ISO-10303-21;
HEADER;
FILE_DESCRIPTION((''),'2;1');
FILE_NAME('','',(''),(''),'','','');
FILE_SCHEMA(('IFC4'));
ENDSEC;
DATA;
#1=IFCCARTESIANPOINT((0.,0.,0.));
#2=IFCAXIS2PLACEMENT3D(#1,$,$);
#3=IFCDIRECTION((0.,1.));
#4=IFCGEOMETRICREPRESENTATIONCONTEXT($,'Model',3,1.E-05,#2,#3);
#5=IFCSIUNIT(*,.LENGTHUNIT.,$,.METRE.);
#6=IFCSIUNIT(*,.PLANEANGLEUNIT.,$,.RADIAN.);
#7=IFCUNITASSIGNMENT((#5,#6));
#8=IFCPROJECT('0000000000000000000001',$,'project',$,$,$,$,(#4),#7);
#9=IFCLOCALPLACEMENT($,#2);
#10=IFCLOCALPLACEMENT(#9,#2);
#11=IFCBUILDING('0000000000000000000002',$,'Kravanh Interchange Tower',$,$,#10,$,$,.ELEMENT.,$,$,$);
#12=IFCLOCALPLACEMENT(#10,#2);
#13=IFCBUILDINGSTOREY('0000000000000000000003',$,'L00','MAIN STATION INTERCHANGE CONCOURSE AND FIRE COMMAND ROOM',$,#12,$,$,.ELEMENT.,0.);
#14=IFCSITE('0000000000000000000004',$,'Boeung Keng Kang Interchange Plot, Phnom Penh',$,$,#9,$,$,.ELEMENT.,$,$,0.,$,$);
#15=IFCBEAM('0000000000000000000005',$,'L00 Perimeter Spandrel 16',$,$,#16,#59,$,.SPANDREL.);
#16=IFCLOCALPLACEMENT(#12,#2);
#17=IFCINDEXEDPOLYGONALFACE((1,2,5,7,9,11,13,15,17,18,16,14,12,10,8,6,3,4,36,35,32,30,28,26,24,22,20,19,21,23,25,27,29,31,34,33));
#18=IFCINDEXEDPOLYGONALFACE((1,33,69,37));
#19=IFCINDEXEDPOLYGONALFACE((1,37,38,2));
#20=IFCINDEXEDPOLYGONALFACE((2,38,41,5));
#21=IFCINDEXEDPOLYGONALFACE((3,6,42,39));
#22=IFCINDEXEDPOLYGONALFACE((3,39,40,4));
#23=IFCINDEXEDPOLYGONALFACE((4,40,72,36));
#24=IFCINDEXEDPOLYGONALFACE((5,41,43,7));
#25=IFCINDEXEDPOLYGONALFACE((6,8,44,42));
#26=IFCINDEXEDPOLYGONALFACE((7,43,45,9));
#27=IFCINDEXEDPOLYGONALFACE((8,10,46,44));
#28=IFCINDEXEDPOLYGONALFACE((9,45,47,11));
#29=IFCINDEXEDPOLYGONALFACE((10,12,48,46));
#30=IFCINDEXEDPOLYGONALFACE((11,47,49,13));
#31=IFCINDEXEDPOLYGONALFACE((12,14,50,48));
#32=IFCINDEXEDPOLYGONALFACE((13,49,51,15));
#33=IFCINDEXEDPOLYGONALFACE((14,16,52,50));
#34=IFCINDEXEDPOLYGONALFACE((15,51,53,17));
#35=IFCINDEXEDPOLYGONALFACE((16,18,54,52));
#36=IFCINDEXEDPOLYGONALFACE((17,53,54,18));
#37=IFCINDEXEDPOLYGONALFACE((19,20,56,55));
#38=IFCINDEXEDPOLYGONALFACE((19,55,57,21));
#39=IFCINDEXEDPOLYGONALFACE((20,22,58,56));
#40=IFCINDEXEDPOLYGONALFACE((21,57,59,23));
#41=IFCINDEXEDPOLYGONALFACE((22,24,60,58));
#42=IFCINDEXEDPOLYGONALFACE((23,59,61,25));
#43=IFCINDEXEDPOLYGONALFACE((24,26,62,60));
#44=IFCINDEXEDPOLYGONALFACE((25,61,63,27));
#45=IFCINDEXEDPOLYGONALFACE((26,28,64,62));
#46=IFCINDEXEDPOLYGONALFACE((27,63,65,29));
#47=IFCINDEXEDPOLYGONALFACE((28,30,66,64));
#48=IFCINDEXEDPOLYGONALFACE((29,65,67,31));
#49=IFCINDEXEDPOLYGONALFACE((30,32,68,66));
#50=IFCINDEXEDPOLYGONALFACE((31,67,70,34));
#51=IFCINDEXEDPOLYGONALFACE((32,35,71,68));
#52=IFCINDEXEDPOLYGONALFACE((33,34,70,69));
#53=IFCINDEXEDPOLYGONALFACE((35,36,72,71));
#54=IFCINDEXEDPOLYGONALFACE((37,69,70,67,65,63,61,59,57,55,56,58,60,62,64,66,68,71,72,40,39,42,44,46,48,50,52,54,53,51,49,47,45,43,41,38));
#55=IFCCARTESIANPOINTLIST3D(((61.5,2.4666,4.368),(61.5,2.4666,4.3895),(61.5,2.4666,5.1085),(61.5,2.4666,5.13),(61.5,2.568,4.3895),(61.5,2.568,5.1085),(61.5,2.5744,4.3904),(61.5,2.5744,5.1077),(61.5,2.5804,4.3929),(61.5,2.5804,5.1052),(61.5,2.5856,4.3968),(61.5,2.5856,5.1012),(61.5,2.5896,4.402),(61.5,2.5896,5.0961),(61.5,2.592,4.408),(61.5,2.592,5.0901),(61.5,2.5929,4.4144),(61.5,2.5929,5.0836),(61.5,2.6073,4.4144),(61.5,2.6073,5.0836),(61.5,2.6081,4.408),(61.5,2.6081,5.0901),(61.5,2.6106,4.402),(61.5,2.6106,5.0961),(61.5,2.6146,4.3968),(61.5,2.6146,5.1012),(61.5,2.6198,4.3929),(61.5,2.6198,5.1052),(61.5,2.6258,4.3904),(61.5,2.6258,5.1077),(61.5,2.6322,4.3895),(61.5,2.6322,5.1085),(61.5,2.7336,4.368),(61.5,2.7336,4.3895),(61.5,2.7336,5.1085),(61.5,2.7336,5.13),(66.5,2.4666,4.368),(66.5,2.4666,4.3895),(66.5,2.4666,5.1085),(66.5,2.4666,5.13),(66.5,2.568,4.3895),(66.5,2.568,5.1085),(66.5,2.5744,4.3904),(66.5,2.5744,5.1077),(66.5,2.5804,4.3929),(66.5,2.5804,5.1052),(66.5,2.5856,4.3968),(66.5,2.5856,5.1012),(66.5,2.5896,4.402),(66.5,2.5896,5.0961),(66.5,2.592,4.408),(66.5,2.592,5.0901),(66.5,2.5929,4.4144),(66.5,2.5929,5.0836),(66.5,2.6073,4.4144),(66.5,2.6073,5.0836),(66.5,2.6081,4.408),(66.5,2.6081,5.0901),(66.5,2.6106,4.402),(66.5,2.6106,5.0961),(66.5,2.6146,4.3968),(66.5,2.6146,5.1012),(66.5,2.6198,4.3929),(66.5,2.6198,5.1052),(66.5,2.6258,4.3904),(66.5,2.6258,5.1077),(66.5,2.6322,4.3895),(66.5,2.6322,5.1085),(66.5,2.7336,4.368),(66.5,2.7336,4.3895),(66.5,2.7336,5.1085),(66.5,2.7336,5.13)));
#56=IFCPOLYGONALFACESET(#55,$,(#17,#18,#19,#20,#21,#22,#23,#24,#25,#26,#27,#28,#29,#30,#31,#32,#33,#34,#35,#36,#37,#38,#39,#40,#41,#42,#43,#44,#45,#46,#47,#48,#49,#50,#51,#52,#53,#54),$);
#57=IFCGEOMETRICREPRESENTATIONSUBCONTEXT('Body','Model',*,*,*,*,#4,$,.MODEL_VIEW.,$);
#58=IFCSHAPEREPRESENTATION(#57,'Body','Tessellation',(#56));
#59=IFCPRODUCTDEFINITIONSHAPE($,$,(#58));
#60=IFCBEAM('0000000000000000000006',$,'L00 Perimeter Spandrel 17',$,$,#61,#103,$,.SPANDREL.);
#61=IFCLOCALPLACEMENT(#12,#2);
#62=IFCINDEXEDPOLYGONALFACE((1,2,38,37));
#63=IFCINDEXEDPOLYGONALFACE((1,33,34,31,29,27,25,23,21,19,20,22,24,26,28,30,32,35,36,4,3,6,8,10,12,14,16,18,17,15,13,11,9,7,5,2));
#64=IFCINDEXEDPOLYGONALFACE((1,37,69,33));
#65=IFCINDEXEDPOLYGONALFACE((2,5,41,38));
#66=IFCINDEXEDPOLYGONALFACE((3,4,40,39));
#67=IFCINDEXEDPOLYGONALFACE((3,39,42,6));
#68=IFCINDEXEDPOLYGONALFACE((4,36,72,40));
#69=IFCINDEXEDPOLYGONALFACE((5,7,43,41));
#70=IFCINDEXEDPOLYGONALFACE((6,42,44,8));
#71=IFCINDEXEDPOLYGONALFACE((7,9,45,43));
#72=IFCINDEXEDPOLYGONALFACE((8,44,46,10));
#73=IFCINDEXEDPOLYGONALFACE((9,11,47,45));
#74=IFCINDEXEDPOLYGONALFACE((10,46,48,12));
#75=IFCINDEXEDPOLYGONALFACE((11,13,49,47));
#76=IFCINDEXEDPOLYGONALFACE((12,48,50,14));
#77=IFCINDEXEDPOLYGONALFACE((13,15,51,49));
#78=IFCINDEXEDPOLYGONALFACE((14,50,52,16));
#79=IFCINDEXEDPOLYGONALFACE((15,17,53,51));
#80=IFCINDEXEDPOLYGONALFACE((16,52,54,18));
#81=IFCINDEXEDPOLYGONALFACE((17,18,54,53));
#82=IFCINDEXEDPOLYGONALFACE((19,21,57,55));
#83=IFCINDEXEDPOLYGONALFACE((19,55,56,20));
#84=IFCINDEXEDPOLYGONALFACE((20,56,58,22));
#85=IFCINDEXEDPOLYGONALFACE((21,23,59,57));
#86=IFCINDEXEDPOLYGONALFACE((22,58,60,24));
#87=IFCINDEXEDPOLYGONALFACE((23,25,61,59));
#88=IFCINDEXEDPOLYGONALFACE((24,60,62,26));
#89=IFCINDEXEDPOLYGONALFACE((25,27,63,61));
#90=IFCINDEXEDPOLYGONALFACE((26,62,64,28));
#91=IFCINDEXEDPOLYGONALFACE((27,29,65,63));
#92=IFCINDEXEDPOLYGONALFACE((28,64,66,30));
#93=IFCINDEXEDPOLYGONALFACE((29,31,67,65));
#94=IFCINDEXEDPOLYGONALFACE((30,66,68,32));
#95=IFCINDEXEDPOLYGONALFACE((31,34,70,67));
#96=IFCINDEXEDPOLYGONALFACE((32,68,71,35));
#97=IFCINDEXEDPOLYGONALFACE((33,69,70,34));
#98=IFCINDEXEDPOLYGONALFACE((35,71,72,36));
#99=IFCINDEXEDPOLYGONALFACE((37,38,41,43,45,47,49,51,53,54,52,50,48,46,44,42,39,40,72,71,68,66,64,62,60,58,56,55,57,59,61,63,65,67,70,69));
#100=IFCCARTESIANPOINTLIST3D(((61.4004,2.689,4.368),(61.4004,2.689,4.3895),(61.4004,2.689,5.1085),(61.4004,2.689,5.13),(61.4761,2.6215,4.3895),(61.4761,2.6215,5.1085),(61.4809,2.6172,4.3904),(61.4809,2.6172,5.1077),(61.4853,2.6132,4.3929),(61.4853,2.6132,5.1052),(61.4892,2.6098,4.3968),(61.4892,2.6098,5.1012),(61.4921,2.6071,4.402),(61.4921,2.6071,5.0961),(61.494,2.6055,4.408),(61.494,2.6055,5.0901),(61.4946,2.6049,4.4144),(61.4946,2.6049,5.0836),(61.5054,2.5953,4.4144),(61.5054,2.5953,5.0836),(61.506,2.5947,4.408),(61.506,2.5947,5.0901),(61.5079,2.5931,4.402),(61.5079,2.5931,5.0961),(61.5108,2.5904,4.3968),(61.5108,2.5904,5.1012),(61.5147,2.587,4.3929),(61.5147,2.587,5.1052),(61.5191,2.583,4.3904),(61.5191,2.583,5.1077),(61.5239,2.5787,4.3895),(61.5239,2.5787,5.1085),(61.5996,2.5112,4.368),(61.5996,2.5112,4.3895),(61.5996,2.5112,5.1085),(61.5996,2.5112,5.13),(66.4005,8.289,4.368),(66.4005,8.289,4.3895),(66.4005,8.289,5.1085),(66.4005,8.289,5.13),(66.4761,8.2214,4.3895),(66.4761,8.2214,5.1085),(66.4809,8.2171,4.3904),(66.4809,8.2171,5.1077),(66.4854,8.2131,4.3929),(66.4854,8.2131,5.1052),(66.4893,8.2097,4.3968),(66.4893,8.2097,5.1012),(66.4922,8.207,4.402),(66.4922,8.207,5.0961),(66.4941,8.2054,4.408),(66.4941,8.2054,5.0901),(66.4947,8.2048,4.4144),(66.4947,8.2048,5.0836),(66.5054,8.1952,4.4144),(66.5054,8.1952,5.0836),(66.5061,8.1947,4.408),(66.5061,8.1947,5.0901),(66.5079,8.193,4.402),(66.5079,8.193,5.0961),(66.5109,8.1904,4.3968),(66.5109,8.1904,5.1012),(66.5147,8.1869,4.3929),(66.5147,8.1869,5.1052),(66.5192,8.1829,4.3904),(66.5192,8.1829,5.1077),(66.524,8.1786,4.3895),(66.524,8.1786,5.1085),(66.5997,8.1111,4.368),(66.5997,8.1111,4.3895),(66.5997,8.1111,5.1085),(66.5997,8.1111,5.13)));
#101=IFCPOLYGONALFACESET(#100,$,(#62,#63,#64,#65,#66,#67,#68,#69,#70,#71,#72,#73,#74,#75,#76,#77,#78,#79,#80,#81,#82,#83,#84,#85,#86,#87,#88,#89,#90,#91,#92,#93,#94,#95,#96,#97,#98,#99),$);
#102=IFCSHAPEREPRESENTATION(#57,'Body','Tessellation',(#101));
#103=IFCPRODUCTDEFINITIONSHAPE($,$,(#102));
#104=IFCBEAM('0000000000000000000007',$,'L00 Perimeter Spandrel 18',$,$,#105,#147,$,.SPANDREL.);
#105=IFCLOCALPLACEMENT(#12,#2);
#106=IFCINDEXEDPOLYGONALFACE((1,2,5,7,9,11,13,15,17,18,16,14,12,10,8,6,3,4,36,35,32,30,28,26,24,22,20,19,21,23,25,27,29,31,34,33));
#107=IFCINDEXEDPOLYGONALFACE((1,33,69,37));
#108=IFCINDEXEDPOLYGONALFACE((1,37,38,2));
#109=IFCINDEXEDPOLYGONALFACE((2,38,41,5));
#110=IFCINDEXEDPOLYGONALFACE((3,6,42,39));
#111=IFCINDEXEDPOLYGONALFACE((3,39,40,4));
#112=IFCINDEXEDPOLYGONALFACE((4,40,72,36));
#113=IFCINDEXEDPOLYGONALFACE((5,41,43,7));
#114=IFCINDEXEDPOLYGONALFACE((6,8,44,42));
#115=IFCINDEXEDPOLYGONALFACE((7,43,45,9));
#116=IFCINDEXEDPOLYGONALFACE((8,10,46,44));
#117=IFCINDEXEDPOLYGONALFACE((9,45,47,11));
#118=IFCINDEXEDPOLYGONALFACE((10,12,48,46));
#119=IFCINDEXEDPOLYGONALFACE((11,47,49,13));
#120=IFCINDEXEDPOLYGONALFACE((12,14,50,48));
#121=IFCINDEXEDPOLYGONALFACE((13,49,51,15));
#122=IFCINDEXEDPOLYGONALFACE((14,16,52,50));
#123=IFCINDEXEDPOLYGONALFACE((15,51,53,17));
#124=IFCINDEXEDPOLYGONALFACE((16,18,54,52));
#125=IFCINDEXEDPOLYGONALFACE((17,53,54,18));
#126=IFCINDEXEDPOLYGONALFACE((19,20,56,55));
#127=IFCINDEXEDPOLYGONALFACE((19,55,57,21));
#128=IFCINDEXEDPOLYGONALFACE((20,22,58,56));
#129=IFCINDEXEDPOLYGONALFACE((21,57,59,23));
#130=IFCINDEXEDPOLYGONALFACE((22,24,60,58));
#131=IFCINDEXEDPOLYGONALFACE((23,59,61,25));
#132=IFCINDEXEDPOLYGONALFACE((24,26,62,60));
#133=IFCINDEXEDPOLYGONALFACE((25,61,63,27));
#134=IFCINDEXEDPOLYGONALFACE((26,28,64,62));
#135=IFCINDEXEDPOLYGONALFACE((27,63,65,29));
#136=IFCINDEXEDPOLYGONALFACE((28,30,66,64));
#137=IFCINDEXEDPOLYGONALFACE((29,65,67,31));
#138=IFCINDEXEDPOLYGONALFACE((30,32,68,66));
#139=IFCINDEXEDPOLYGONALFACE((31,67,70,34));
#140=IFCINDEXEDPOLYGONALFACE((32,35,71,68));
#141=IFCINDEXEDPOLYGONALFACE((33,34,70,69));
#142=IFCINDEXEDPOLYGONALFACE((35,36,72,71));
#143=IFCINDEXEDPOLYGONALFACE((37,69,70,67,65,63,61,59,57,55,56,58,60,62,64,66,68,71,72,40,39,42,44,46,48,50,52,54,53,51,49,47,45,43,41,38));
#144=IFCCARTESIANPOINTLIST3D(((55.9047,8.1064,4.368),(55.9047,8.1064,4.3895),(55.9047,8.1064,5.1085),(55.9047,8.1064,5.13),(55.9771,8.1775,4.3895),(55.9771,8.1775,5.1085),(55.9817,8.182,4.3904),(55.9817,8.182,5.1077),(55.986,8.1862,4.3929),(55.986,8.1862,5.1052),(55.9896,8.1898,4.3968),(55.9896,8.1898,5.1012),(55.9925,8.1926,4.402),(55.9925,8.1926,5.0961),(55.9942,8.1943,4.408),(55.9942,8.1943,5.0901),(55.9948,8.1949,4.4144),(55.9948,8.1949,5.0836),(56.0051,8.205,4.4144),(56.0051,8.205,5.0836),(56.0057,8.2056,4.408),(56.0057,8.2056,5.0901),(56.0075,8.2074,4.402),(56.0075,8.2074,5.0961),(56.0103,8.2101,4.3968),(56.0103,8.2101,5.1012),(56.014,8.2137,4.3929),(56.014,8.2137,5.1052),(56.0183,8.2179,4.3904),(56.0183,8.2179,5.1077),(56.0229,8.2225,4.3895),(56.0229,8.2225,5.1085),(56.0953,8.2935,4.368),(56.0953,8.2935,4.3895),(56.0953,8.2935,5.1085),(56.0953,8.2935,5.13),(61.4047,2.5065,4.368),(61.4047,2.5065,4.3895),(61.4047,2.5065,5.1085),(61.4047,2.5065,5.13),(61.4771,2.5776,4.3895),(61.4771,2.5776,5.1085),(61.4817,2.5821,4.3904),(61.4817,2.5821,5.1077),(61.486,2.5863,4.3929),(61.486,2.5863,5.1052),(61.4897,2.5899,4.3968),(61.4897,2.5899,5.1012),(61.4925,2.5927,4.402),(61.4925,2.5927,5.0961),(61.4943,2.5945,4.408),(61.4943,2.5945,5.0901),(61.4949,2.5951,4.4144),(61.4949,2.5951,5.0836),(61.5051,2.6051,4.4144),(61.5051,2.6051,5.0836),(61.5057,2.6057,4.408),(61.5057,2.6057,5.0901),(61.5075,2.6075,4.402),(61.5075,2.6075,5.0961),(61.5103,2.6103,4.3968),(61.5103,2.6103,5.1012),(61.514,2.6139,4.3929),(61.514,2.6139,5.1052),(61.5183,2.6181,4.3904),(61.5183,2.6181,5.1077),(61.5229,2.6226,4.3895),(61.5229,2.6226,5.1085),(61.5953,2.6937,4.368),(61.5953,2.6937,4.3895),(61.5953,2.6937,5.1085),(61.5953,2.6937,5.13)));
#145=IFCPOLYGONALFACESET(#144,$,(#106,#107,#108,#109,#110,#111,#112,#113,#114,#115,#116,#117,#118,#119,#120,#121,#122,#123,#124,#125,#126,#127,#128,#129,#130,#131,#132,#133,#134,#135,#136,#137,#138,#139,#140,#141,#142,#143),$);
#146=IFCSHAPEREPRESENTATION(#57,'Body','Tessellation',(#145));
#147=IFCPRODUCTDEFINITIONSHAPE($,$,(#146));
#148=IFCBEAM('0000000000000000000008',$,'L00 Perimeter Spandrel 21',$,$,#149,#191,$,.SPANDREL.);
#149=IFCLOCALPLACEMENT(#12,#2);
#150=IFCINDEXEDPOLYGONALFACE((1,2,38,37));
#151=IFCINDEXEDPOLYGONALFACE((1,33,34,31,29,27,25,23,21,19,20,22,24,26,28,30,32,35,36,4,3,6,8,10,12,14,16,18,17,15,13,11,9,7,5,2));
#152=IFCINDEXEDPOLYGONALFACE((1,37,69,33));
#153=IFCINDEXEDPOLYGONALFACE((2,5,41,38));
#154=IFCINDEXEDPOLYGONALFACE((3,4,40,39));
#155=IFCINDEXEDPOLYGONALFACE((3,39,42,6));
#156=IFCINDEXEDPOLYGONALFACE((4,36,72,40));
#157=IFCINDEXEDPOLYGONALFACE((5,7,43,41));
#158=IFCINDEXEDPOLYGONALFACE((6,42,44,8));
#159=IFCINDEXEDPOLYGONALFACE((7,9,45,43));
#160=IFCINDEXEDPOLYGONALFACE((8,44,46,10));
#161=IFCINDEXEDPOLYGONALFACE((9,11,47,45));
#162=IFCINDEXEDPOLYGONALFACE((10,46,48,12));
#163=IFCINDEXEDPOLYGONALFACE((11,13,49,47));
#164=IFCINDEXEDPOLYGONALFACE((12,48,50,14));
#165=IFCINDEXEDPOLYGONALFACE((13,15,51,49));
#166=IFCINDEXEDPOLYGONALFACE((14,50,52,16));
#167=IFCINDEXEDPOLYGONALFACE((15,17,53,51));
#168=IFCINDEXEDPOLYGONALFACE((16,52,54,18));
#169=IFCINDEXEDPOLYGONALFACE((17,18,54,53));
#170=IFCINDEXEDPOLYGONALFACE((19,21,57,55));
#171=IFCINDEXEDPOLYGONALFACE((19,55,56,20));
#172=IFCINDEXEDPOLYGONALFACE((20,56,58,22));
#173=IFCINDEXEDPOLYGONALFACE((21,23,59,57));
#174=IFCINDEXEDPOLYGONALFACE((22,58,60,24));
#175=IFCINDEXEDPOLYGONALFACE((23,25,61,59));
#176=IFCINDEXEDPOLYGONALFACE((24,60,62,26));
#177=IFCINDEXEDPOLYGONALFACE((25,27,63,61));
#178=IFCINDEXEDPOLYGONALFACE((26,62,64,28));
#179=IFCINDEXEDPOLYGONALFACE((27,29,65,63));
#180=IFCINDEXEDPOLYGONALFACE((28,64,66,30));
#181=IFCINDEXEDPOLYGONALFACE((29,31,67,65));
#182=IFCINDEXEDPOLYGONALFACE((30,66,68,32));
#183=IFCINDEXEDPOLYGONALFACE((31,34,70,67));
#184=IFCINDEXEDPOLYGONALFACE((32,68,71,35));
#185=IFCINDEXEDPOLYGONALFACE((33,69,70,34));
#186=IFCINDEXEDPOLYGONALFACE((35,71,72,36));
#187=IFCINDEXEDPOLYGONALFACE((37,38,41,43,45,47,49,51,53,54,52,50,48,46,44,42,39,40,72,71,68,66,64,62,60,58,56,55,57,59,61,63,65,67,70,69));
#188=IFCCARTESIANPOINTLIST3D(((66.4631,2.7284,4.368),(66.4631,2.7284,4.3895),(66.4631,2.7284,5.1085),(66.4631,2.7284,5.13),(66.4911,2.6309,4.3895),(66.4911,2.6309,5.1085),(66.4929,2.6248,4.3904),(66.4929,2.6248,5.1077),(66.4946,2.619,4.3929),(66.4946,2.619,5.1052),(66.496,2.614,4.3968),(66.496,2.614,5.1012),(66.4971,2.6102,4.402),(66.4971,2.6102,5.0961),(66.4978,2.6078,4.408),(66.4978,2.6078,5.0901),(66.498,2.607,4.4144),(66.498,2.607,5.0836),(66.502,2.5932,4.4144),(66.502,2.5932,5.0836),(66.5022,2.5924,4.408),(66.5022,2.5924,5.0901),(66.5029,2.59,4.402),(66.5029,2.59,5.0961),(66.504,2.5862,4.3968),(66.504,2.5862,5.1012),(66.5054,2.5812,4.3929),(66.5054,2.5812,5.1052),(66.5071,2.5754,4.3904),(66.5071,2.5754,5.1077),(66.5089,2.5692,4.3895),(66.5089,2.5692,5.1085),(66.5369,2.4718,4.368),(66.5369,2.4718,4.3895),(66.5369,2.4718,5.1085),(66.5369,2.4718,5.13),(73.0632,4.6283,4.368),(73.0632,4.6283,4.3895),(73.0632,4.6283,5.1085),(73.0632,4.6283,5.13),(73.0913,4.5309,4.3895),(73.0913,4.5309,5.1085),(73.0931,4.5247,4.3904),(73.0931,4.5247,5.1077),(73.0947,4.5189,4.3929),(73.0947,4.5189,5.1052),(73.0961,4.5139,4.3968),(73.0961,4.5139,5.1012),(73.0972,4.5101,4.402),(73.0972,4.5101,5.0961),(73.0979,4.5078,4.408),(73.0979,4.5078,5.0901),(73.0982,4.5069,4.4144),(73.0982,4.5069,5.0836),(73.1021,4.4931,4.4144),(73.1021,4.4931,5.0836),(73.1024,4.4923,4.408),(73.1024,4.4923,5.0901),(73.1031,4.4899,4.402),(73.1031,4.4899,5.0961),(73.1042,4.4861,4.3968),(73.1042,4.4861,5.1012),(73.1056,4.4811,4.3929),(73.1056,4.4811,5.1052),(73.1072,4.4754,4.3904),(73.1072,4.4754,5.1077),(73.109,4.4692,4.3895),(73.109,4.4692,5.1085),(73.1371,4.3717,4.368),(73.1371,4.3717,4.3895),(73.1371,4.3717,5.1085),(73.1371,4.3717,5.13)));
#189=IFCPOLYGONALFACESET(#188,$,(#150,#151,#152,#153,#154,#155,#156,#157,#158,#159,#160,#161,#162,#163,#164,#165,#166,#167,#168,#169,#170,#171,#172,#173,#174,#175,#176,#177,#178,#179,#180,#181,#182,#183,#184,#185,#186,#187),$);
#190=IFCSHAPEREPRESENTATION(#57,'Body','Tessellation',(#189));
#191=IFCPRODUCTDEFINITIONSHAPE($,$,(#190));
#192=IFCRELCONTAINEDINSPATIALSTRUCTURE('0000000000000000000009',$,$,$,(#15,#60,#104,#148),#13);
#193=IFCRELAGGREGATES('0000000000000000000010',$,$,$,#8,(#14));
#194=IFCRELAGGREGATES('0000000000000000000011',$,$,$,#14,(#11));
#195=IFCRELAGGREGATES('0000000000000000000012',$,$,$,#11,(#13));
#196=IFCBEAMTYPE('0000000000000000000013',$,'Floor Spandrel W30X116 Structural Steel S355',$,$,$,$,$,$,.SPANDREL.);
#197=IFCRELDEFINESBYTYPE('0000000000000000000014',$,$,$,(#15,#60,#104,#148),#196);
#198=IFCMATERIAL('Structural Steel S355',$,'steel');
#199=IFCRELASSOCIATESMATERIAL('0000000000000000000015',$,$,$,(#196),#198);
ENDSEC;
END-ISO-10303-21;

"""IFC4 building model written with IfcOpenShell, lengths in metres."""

from ifc_helpers import new_model, si_unit, direction, frame, origin, origin_2d, place, context, subcontext, project, spatial, i_section, extrude, material, material_profile, profile_set, type_object, element, save


model = new_model("IFC4")

# Units and contexts
model_context = context("Model", 3, precision=1e-05, world=origin(), true_north=direction((0.0, 1.0)))
body_context = subcontext(model_context, "Body", "Model", "MODEL_VIEW")
ifc_project = project(units=[si_unit("LENGTHUNIT", "METRE"), si_unit("PLANEANGLEUNIT", "RADIAN")], contexts=[model_context])

# Site, building, storey
site_placement = place(None, origin())
site = spatial("IfcSite", under=ifc_project, at=site_placement, Name="Boeung Keng Kang Interchange Plot, Phnom Penh", CompositionType="ELEMENT", RefElevation=0.0)
building_placement = place(site_placement, origin())
building = spatial("IfcBuilding", under=site, at=building_placement, Name="Kravanh Interchange Tower", CompositionType="ELEMENT")
storey_placement = place(building_placement, origin())
storey = spatial("IfcBuildingStorey", under=building, at=storey_placement, Name="L00", Description="MAIN STATION INTERCHANGE CONCOURSE AND FIRE COMMAND ROOM", CompositionType="ELEMENT", Elevation=0.0)

# Beams
ifc_material_1 = material(Name="Structural Steel S355", Category="steel")
ifc_material_profile_1 = material_profile(ifc_material_1, i_section(OverallWidth=0.2671, OverallDepth=0.762, WebThickness=0.0144, FlangeThickness=0.0215, FilletRadius=0.0249, at=origin_2d()), Name="W30X116")
ifc_profile_set_1 = profile_set([ifc_material_profile_1], Name="Structural Steel S355")
beam_type_1 = type_object("IfcBeamType", Name="Floor Spandrel W30X116 Structural Steel S355", PredefinedType="SPANDREL", material=ifc_profile_set_1)
beam_1_placement = place(storey_placement, frame((61.5, 2.6001, 4.749), z_axis=(1.0, 0.0, 0.0), x_axis=(0.0, 1.0, 0.0)))
element("IfcBeam", 1, at=beam_1_placement, inside=storey, type_object=beam_type_1, Name="L00 Perimeter Spandrel 16", PredefinedType="SPANDREL", context=body_context, shape_type="SweptSolid", body=[
    extrude(i_section(OverallWidth=0.2671, OverallDepth=0.762, WebThickness=0.0144, FlangeThickness=0.0215, FilletRadius=0.0249, at=origin_2d()), origin(), (0.0, 0.0, 1.0), 5.0),
])
beam_2_placement = place(storey_placement, frame((61.5, 2.6001, 4.749), z_axis=(0.666025, 0.745929, 0.0), x_axis=(-0.745929, 0.666025, 0.0)))
element("IfcBeam", 2, at=beam_2_placement, inside=storey, type_object=beam_type_1, Name="L00 Perimeter Spandrel 17", PredefinedType="SPANDREL", context=body_context, shape_type="SweptSolid", body=[
    extrude(i_section(OverallWidth=0.2671, OverallDepth=0.762, WebThickness=0.0144, FlangeThickness=0.0215, FilletRadius=0.0249, at=origin_2d()), origin(), (0.0, 0.0, 1.0), 7.5073),
])
beam_3_placement = place(storey_placement, frame((61.5, 2.6001, 4.749), z_axis=(-0.700717, 0.713439, 0.0), x_axis=(-0.713439, -0.700717, 0.0)))
element("IfcBeam", 3, at=beam_3_placement, inside=storey, type_object=beam_type_1, Name="L00 Perimeter Spandrel 18", PredefinedType="SPANDREL", context=body_context, shape_type="SweptSolid", body=[
    extrude(i_section(OverallWidth=0.2671, OverallDepth=0.762, WebThickness=0.0144, FlangeThickness=0.0215, FilletRadius=0.0249, at=origin_2d()), origin(), (0.0, 0.0, 1.0), 7.8491),
])
beam_4_placement = place(storey_placement, frame((66.5, 2.6001, 4.749), z_axis=(0.960977, 0.276627, 0.0), x_axis=(-0.276627, 0.960977, 0.0)))
element("IfcBeam", 4, at=beam_4_placement, inside=storey, type_object=beam_type_1, Name="L00 Perimeter Spandrel 21", PredefinedType="SPANDREL", context=body_context, shape_type="SweptSolid", body=[
    extrude(i_section(OverallWidth=0.2671, OverallDepth=0.762, WebThickness=0.0144, FlangeThickness=0.0215, FilletRadius=0.0249, at=origin_2d()), origin(), (0.0, 0.0, 1.0), 6.8682),
])

save(model, "model.ifc")
